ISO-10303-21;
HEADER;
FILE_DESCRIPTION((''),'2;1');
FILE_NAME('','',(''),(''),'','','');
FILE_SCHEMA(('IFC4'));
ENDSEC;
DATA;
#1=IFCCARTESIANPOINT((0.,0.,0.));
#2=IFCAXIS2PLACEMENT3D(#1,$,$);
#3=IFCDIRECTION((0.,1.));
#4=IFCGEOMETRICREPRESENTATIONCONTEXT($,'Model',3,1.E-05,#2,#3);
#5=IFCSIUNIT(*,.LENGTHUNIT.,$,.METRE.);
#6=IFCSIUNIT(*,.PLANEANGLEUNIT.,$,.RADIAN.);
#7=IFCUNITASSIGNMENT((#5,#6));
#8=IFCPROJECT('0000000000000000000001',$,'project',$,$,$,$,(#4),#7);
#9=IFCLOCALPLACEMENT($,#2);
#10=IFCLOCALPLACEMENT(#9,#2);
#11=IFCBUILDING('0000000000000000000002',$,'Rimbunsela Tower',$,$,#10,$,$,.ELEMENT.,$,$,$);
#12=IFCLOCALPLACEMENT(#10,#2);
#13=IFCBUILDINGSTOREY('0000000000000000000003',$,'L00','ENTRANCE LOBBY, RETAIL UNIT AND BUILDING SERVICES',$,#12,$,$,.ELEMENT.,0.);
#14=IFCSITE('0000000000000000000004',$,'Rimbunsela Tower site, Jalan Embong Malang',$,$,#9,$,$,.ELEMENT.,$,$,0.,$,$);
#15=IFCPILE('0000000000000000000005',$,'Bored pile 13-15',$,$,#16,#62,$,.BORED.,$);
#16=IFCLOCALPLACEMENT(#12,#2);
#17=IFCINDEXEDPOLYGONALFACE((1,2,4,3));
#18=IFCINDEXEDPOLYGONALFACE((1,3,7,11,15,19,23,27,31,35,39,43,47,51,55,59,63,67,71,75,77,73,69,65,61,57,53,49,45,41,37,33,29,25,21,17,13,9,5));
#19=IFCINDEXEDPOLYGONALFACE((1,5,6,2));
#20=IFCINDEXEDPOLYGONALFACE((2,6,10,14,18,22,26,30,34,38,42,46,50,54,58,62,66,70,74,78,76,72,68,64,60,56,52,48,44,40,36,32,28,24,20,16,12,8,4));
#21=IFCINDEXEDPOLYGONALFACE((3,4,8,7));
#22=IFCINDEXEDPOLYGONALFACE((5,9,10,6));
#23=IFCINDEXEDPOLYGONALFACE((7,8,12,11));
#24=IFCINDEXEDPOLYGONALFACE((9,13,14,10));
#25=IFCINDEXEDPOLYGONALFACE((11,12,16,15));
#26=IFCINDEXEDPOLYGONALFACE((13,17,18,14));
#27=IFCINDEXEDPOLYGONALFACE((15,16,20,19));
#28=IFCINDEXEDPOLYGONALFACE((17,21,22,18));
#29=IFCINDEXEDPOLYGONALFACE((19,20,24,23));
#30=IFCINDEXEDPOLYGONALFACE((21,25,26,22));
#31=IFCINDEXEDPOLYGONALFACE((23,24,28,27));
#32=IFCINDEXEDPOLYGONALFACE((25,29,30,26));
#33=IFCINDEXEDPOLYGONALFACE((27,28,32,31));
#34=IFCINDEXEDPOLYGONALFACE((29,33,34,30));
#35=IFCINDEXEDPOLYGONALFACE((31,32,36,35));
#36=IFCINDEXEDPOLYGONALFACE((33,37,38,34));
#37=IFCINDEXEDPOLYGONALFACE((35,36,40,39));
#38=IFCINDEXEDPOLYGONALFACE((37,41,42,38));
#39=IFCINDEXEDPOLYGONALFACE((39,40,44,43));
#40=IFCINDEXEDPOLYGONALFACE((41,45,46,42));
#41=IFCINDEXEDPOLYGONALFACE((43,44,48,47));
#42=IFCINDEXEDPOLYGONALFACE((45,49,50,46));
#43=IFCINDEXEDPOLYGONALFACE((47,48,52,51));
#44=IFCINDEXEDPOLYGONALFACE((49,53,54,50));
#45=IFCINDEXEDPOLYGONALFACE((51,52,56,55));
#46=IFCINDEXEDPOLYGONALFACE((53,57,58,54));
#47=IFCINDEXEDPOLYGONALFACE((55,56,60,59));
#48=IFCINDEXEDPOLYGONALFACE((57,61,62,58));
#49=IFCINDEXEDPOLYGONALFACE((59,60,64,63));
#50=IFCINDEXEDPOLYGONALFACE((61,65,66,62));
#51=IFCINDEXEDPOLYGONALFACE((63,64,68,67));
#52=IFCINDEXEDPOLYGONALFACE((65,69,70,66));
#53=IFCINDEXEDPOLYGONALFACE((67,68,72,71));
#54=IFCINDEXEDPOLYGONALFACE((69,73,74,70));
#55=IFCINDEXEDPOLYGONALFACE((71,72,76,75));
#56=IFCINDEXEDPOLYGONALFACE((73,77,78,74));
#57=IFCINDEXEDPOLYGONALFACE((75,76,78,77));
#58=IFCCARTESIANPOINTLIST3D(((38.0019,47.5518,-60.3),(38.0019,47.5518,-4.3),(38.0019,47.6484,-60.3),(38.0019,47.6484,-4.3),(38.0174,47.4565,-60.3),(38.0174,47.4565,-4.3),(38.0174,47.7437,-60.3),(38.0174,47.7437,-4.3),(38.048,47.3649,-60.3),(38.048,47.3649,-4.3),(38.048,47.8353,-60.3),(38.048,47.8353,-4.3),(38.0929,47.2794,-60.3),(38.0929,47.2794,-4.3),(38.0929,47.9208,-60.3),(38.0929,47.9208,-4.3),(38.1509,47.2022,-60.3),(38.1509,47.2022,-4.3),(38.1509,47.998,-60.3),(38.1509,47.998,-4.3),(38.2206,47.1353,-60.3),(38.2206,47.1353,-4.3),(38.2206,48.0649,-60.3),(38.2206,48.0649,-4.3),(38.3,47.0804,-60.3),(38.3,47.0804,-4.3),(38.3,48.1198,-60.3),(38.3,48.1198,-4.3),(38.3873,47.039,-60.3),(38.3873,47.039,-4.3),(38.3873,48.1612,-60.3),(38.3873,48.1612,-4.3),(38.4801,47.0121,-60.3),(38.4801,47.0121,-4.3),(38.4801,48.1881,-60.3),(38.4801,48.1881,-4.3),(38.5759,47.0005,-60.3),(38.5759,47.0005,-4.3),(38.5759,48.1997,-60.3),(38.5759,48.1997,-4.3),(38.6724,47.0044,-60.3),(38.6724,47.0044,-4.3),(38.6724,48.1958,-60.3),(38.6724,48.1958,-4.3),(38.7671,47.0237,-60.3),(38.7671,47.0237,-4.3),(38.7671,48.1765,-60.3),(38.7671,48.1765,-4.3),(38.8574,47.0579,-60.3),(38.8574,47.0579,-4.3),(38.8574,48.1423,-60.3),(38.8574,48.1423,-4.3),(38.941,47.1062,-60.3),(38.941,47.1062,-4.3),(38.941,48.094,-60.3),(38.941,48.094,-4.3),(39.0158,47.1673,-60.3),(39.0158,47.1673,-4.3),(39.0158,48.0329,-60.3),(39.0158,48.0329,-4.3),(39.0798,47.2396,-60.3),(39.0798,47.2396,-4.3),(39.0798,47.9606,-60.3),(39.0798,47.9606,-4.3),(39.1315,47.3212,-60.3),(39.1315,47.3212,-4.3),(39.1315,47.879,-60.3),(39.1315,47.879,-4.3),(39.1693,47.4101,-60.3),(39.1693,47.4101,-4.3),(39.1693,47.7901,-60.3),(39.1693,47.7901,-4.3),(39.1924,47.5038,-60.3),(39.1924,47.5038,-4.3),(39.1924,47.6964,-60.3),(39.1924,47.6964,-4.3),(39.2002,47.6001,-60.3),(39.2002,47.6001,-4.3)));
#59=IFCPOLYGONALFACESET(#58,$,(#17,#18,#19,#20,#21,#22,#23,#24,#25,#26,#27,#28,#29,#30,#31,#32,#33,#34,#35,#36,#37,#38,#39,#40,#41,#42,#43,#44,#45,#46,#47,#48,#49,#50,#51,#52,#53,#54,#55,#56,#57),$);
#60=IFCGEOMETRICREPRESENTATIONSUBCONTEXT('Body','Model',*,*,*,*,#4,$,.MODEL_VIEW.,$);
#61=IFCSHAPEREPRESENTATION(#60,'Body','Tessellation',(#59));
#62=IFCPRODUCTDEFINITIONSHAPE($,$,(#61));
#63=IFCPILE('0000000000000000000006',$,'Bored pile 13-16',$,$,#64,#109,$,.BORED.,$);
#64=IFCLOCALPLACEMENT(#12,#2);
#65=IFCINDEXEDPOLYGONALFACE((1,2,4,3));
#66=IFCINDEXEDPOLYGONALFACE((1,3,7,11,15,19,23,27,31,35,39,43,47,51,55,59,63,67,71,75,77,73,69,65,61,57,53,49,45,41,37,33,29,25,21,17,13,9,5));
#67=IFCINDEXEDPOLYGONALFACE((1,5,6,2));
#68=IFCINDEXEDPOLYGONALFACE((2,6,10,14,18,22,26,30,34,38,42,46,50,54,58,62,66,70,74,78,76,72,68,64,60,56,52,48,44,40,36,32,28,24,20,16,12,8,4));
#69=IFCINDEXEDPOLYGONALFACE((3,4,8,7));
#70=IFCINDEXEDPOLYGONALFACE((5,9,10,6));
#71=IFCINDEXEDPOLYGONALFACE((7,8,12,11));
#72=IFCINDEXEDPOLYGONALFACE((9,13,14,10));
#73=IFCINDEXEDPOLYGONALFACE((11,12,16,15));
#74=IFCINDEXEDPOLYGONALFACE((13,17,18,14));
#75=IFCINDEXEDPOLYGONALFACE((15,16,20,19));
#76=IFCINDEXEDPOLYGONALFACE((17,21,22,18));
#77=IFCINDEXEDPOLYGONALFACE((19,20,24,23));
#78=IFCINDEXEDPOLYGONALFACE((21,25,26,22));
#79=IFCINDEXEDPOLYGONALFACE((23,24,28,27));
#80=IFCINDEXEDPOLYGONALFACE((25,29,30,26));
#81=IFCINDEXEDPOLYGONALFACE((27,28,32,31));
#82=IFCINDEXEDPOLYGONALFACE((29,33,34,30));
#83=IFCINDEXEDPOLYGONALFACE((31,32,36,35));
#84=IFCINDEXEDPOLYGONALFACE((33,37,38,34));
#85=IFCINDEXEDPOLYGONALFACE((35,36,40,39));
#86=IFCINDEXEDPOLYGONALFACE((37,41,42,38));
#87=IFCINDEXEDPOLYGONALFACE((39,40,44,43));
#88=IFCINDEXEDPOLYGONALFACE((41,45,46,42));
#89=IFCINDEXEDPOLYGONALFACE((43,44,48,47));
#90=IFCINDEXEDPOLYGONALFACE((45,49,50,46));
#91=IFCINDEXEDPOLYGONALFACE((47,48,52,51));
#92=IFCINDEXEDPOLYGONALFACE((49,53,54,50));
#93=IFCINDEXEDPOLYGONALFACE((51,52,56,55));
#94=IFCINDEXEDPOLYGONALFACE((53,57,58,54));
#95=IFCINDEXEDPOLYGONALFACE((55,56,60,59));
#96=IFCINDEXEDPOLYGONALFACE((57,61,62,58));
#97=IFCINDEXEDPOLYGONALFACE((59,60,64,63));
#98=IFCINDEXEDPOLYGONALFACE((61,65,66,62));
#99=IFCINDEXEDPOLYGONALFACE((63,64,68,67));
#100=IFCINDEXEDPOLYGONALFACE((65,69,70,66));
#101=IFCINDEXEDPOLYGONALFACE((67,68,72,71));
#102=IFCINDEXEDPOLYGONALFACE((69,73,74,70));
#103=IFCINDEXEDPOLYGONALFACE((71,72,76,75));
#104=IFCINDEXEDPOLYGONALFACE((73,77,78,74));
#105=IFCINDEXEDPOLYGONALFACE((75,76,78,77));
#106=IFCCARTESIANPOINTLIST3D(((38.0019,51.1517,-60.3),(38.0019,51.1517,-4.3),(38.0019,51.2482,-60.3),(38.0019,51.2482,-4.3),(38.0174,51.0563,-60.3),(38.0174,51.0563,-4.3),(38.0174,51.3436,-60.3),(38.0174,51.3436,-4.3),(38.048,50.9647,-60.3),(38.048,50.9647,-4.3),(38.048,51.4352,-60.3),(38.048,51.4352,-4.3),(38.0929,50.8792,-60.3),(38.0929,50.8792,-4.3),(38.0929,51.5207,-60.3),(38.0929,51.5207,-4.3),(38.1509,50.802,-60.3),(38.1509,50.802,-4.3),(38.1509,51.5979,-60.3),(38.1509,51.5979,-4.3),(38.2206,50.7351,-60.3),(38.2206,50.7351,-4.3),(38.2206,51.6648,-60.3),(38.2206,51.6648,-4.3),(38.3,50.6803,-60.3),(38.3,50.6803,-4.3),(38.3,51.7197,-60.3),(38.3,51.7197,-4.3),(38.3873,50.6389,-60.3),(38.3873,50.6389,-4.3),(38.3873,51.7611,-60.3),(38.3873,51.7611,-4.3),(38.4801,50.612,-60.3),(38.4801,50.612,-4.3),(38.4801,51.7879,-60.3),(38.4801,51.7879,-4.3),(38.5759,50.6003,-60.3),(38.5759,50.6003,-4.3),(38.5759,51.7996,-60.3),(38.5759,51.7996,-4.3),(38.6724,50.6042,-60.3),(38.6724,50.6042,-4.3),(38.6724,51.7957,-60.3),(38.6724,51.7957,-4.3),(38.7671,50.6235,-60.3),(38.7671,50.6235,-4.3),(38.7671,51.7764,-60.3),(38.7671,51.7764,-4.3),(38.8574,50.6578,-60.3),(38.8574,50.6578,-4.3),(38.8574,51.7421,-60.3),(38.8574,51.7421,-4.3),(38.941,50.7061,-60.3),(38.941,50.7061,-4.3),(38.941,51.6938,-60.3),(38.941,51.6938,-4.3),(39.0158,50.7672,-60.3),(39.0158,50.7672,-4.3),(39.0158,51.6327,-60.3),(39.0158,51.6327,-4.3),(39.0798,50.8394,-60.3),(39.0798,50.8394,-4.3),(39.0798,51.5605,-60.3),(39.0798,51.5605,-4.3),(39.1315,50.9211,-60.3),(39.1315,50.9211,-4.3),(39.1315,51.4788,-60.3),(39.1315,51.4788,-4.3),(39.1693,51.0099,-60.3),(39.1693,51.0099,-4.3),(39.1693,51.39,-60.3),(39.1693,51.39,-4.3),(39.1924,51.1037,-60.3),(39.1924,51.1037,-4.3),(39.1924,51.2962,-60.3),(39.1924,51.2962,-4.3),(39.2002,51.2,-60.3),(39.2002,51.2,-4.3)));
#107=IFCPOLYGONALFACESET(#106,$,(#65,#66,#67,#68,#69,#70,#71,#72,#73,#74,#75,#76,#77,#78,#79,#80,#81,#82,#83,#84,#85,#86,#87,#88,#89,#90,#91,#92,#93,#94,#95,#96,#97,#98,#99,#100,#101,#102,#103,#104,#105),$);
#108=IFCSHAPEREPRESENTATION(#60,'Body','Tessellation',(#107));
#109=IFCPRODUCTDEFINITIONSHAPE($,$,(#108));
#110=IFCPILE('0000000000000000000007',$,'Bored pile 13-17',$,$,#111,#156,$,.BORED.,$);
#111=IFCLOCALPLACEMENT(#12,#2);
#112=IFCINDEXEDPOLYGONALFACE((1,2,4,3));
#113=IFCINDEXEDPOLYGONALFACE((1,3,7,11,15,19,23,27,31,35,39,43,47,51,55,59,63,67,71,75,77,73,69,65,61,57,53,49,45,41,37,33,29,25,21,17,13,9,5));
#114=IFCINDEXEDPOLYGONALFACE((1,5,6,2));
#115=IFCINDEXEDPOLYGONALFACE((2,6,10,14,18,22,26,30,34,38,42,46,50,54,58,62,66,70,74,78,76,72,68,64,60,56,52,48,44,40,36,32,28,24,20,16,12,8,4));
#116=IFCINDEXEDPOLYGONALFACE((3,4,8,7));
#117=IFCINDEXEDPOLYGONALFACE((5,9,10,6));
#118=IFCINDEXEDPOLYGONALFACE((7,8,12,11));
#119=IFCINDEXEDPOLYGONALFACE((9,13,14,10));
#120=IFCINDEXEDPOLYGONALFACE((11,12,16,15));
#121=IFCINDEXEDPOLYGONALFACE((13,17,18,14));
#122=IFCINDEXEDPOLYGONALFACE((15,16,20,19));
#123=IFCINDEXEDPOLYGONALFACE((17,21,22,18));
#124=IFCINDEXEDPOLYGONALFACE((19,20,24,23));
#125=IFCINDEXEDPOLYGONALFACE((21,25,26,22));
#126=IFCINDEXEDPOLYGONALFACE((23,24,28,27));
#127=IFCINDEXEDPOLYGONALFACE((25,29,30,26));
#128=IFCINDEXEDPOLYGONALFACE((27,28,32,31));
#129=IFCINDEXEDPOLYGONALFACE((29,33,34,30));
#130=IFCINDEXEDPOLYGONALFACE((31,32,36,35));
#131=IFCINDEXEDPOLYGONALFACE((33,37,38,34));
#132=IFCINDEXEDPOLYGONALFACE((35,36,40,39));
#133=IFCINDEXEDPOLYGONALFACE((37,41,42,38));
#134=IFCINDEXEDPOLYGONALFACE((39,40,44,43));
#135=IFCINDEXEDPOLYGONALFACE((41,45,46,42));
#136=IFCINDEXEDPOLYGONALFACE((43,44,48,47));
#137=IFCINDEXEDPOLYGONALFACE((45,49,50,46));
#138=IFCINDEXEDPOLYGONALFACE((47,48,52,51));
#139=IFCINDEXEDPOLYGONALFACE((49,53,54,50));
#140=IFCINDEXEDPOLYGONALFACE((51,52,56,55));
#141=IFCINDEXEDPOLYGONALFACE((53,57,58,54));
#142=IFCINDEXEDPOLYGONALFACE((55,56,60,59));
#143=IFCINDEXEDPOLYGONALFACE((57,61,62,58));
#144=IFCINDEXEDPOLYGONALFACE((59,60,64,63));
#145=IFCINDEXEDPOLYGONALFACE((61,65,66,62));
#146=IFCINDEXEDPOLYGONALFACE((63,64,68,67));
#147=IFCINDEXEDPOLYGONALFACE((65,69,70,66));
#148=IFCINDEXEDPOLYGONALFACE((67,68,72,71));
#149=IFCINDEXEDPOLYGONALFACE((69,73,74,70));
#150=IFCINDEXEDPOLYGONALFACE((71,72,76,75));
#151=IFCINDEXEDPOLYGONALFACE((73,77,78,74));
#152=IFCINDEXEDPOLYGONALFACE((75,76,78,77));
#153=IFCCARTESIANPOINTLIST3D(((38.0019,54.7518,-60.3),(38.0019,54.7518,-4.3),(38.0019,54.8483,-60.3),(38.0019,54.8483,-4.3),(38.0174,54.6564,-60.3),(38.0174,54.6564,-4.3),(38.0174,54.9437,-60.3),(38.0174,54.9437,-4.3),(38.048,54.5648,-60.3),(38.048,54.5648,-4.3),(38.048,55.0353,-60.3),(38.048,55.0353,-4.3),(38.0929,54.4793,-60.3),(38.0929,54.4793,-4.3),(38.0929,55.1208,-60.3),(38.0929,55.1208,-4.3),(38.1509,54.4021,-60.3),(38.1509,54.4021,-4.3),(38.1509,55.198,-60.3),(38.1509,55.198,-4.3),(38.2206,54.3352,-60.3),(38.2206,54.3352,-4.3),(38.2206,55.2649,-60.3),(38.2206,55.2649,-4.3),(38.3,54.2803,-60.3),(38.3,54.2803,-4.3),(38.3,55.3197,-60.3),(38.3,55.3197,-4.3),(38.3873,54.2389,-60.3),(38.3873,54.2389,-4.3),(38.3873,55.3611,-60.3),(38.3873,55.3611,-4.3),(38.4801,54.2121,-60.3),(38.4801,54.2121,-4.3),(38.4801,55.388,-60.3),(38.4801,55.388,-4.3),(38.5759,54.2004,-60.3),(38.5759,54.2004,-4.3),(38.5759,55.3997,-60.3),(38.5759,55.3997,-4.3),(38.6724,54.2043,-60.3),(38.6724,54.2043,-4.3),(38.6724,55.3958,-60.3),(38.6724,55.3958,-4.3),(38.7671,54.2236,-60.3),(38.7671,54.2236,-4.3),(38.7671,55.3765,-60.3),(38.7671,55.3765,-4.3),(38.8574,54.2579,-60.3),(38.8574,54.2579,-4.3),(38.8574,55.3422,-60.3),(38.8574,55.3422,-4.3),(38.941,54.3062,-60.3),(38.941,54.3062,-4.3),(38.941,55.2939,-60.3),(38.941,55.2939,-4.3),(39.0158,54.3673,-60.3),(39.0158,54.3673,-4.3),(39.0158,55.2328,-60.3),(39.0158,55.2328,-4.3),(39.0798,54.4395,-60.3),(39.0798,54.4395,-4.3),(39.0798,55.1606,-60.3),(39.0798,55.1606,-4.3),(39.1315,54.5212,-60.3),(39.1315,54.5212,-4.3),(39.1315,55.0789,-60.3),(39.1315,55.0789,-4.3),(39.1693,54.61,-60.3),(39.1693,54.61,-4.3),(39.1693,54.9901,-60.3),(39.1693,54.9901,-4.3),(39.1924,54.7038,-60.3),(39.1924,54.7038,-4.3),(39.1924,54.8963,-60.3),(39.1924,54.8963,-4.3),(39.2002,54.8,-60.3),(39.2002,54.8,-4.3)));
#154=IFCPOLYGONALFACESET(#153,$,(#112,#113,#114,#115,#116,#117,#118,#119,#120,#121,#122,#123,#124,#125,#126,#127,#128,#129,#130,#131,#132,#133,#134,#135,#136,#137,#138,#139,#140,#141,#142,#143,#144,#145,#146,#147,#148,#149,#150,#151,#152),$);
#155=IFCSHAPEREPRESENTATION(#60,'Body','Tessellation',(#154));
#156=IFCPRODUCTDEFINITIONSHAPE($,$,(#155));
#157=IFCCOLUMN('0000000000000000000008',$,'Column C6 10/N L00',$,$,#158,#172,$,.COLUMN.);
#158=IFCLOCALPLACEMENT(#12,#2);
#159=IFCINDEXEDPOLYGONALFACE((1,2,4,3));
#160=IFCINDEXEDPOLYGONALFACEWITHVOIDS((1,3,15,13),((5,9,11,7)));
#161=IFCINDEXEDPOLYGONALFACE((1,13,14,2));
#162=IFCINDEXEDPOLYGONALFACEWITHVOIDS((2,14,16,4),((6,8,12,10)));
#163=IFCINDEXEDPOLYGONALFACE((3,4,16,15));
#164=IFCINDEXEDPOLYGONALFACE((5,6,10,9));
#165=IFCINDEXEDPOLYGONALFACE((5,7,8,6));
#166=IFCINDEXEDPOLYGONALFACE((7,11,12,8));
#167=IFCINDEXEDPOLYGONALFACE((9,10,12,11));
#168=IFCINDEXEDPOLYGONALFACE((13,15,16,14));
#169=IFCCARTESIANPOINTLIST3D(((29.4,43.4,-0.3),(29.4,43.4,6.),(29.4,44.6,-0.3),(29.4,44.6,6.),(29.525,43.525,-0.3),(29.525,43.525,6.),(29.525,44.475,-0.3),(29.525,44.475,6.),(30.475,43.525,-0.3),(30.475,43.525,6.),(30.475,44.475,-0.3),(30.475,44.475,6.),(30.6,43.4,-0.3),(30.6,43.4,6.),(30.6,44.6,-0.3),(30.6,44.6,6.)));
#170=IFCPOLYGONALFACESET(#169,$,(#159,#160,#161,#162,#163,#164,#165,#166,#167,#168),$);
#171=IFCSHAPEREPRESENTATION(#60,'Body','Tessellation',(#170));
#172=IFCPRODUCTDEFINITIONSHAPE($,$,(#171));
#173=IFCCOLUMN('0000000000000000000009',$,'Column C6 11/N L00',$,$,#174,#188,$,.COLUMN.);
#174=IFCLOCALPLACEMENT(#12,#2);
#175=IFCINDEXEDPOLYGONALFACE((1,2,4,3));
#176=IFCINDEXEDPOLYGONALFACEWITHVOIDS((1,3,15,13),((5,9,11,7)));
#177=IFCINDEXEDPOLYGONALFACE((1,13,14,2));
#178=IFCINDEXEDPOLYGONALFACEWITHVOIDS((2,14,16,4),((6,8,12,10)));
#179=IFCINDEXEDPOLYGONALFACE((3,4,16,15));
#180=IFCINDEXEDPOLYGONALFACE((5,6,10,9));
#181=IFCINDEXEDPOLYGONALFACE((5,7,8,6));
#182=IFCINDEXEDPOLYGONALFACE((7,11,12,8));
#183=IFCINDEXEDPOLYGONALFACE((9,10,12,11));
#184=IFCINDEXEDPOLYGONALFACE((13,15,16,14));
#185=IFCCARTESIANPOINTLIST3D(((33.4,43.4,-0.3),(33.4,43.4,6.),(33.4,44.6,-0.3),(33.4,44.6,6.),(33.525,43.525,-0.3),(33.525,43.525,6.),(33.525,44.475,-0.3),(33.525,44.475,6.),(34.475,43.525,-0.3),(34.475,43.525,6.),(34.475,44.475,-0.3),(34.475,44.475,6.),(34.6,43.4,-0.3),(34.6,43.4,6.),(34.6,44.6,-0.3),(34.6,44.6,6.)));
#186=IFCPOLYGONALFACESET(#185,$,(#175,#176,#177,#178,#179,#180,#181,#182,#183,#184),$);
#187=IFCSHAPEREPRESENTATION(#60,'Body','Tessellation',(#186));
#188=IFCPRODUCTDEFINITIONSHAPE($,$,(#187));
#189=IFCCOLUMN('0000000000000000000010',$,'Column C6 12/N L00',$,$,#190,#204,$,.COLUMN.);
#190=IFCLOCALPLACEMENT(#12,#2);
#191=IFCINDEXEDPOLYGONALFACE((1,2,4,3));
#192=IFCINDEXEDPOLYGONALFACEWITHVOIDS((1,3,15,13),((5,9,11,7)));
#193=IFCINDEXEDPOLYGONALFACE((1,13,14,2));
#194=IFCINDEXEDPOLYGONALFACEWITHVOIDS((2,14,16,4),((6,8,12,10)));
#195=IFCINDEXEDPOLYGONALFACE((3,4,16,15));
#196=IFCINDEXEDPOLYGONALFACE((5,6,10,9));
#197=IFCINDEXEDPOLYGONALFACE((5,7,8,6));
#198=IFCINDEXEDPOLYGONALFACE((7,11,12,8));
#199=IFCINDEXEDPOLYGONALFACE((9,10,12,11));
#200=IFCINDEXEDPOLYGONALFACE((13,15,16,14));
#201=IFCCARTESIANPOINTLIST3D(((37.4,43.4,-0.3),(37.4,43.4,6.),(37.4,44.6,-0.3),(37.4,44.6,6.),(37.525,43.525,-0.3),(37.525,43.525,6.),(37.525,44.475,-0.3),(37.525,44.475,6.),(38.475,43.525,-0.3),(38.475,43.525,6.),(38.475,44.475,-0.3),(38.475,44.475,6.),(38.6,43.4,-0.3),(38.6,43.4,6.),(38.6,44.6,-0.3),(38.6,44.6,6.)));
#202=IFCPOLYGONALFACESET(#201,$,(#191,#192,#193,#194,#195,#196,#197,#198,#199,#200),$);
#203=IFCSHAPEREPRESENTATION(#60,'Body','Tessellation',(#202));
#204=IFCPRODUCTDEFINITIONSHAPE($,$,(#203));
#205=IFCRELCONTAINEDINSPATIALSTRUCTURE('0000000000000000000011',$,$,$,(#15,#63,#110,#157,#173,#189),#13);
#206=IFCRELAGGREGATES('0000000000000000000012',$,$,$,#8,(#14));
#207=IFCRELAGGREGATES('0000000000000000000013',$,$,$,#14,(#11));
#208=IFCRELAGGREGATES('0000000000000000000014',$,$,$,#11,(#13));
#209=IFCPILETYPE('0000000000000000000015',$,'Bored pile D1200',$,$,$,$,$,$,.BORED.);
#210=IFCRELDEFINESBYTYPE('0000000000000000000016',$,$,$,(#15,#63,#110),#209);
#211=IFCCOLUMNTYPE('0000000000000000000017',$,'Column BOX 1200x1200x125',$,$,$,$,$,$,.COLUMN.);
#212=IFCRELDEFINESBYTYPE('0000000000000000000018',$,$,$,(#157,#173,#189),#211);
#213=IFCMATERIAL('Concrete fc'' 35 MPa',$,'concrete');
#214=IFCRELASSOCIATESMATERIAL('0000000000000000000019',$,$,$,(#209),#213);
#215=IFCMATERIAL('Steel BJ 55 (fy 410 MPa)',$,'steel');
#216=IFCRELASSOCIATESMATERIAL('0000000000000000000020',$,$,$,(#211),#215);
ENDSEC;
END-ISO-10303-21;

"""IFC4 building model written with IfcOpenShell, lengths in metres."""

from ifc_helpers import new_model, si_unit, direction, frame, origin, origin_2d, place, context, subcontext, project, spatial, hollow_rectangle, circle, extrude, material, material_profile, profile_set, type_object, element, save


model = new_model("IFC4")

# Units and contexts
model_context = context("Model", 3, precision=1e-05, world=origin(), true_north=direction((0.0, 1.0)))
body_context = subcontext(model_context, "Body", "Model", "MODEL_VIEW")
ifc_project = project(units=[si_unit("LENGTHUNIT", "METRE"), si_unit("PLANEANGLEUNIT", "RADIAN")], contexts=[model_context])

# Site, building, storey
site_placement = place(None, origin())
site = spatial("IfcSite", under=ifc_project, at=site_placement, Name="Rimbunsela Tower site, Jalan Embong Malang", CompositionType="ELEMENT", RefElevation=0.0)
building_placement = place(site_placement, origin())
building = spatial("IfcBuilding", under=site, at=building_placement, Name="Rimbunsela Tower", CompositionType="ELEMENT")
storey_placement = place(building_placement, origin())
storey = spatial("IfcBuildingStorey", under=building, at=storey_placement, Name="L00", Description="ENTRANCE LOBBY, RETAIL UNIT AND BUILDING SERVICES", CompositionType="ELEMENT", Elevation=0.0)

# Piles
ifc_material_1 = material(Name="Concrete fc' 35 MPa", Category="concrete")
ifc_material_profile_1 = material_profile(ifc_material_1, circle(Radius=0.6001, at=origin_2d()), Name="BP D1200")
ifc_profile_set_1 = profile_set([ifc_material_profile_1], Name="Concrete fc' 35 MPa")
pile_type = type_object("IfcPileType", Name="Bored pile D1200", PredefinedType="BORED", material=ifc_profile_set_1)
for number, where, z_axis, x_axis, name in (
    (1, (38.6001, 47.6001, -4.3), (0.0, 0.0, -1.0), (1.0, 0.0, 0.0), "Bored pile 13-15"),
    (2, (38.6001, 51.2, -4.3), (0.0, 0.0, -1.0), (1.0, 0.0, 0.0), "Bored pile 13-16"),
    (3, (38.6001, 54.8, -4.3), (0.0, 0.0, -1.0), (1.0, 0.0, 0.0), "Bored pile 13-17"),
):
    element("IfcPile", number, at=place(storey_placement, frame(where, z_axis=z_axis, x_axis=x_axis)), inside=storey, type_object=pile_type, Name=name, PredefinedType="BORED", context=body_context, shape_type="SweptSolid", body=[
        extrude(circle(Radius=0.6001, at=origin_2d()), origin(), (0.0, 0.0, 1.0), 56.0),
    ])

# Columns
ifc_material_2 = material(Name="Steel BJ 55 (fy 410 MPa)", Category="steel")
ifc_material_profile_2 = material_profile(ifc_material_2, hollow_rectangle(XDim=1.2, YDim=1.2, WallThickness=0.125, at=origin_2d()), Name="BOX 1200x1200x125")
ifc_profile_set_2 = profile_set([ifc_material_profile_2], Name="Steel BJ 55 (fy 410 MPa)")
column_type = type_object("IfcColumnType", Name="Column BOX 1200x1200x125", PredefinedType="COLUMN", material=ifc_profile_set_2)
for number, where, z_axis, x_axis, name in (
    (4, (30.0, 44.0, -0.3), (0.0, 0.0, 1.0), (1.0, 0.0, 0.0), "Column C6 10/N L00"),
    (5, (34.0, 44.0, -0.3), (0.0, 0.0, 1.0), (1.0, 0.0, 0.0), "Column C6 11/N L00"),
    (6, (38.0, 44.0, -0.3), (0.0, 0.0, 1.0), (1.0, 0.0, 0.0), "Column C6 12/N L00"),
):
    element("IfcColumn", number, at=place(storey_placement, frame(where, z_axis=z_axis, x_axis=x_axis)), inside=storey, type_object=column_type, Name=name, PredefinedType="COLUMN", context=body_context, shape_type="SweptSolid", body=[
        extrude(hollow_rectangle(XDim=1.2, YDim=1.2, WallThickness=0.125, at=origin_2d()), origin(), (0.0, 0.0, 1.0), 6.3),
    ])

save(model, "model.ifc")
